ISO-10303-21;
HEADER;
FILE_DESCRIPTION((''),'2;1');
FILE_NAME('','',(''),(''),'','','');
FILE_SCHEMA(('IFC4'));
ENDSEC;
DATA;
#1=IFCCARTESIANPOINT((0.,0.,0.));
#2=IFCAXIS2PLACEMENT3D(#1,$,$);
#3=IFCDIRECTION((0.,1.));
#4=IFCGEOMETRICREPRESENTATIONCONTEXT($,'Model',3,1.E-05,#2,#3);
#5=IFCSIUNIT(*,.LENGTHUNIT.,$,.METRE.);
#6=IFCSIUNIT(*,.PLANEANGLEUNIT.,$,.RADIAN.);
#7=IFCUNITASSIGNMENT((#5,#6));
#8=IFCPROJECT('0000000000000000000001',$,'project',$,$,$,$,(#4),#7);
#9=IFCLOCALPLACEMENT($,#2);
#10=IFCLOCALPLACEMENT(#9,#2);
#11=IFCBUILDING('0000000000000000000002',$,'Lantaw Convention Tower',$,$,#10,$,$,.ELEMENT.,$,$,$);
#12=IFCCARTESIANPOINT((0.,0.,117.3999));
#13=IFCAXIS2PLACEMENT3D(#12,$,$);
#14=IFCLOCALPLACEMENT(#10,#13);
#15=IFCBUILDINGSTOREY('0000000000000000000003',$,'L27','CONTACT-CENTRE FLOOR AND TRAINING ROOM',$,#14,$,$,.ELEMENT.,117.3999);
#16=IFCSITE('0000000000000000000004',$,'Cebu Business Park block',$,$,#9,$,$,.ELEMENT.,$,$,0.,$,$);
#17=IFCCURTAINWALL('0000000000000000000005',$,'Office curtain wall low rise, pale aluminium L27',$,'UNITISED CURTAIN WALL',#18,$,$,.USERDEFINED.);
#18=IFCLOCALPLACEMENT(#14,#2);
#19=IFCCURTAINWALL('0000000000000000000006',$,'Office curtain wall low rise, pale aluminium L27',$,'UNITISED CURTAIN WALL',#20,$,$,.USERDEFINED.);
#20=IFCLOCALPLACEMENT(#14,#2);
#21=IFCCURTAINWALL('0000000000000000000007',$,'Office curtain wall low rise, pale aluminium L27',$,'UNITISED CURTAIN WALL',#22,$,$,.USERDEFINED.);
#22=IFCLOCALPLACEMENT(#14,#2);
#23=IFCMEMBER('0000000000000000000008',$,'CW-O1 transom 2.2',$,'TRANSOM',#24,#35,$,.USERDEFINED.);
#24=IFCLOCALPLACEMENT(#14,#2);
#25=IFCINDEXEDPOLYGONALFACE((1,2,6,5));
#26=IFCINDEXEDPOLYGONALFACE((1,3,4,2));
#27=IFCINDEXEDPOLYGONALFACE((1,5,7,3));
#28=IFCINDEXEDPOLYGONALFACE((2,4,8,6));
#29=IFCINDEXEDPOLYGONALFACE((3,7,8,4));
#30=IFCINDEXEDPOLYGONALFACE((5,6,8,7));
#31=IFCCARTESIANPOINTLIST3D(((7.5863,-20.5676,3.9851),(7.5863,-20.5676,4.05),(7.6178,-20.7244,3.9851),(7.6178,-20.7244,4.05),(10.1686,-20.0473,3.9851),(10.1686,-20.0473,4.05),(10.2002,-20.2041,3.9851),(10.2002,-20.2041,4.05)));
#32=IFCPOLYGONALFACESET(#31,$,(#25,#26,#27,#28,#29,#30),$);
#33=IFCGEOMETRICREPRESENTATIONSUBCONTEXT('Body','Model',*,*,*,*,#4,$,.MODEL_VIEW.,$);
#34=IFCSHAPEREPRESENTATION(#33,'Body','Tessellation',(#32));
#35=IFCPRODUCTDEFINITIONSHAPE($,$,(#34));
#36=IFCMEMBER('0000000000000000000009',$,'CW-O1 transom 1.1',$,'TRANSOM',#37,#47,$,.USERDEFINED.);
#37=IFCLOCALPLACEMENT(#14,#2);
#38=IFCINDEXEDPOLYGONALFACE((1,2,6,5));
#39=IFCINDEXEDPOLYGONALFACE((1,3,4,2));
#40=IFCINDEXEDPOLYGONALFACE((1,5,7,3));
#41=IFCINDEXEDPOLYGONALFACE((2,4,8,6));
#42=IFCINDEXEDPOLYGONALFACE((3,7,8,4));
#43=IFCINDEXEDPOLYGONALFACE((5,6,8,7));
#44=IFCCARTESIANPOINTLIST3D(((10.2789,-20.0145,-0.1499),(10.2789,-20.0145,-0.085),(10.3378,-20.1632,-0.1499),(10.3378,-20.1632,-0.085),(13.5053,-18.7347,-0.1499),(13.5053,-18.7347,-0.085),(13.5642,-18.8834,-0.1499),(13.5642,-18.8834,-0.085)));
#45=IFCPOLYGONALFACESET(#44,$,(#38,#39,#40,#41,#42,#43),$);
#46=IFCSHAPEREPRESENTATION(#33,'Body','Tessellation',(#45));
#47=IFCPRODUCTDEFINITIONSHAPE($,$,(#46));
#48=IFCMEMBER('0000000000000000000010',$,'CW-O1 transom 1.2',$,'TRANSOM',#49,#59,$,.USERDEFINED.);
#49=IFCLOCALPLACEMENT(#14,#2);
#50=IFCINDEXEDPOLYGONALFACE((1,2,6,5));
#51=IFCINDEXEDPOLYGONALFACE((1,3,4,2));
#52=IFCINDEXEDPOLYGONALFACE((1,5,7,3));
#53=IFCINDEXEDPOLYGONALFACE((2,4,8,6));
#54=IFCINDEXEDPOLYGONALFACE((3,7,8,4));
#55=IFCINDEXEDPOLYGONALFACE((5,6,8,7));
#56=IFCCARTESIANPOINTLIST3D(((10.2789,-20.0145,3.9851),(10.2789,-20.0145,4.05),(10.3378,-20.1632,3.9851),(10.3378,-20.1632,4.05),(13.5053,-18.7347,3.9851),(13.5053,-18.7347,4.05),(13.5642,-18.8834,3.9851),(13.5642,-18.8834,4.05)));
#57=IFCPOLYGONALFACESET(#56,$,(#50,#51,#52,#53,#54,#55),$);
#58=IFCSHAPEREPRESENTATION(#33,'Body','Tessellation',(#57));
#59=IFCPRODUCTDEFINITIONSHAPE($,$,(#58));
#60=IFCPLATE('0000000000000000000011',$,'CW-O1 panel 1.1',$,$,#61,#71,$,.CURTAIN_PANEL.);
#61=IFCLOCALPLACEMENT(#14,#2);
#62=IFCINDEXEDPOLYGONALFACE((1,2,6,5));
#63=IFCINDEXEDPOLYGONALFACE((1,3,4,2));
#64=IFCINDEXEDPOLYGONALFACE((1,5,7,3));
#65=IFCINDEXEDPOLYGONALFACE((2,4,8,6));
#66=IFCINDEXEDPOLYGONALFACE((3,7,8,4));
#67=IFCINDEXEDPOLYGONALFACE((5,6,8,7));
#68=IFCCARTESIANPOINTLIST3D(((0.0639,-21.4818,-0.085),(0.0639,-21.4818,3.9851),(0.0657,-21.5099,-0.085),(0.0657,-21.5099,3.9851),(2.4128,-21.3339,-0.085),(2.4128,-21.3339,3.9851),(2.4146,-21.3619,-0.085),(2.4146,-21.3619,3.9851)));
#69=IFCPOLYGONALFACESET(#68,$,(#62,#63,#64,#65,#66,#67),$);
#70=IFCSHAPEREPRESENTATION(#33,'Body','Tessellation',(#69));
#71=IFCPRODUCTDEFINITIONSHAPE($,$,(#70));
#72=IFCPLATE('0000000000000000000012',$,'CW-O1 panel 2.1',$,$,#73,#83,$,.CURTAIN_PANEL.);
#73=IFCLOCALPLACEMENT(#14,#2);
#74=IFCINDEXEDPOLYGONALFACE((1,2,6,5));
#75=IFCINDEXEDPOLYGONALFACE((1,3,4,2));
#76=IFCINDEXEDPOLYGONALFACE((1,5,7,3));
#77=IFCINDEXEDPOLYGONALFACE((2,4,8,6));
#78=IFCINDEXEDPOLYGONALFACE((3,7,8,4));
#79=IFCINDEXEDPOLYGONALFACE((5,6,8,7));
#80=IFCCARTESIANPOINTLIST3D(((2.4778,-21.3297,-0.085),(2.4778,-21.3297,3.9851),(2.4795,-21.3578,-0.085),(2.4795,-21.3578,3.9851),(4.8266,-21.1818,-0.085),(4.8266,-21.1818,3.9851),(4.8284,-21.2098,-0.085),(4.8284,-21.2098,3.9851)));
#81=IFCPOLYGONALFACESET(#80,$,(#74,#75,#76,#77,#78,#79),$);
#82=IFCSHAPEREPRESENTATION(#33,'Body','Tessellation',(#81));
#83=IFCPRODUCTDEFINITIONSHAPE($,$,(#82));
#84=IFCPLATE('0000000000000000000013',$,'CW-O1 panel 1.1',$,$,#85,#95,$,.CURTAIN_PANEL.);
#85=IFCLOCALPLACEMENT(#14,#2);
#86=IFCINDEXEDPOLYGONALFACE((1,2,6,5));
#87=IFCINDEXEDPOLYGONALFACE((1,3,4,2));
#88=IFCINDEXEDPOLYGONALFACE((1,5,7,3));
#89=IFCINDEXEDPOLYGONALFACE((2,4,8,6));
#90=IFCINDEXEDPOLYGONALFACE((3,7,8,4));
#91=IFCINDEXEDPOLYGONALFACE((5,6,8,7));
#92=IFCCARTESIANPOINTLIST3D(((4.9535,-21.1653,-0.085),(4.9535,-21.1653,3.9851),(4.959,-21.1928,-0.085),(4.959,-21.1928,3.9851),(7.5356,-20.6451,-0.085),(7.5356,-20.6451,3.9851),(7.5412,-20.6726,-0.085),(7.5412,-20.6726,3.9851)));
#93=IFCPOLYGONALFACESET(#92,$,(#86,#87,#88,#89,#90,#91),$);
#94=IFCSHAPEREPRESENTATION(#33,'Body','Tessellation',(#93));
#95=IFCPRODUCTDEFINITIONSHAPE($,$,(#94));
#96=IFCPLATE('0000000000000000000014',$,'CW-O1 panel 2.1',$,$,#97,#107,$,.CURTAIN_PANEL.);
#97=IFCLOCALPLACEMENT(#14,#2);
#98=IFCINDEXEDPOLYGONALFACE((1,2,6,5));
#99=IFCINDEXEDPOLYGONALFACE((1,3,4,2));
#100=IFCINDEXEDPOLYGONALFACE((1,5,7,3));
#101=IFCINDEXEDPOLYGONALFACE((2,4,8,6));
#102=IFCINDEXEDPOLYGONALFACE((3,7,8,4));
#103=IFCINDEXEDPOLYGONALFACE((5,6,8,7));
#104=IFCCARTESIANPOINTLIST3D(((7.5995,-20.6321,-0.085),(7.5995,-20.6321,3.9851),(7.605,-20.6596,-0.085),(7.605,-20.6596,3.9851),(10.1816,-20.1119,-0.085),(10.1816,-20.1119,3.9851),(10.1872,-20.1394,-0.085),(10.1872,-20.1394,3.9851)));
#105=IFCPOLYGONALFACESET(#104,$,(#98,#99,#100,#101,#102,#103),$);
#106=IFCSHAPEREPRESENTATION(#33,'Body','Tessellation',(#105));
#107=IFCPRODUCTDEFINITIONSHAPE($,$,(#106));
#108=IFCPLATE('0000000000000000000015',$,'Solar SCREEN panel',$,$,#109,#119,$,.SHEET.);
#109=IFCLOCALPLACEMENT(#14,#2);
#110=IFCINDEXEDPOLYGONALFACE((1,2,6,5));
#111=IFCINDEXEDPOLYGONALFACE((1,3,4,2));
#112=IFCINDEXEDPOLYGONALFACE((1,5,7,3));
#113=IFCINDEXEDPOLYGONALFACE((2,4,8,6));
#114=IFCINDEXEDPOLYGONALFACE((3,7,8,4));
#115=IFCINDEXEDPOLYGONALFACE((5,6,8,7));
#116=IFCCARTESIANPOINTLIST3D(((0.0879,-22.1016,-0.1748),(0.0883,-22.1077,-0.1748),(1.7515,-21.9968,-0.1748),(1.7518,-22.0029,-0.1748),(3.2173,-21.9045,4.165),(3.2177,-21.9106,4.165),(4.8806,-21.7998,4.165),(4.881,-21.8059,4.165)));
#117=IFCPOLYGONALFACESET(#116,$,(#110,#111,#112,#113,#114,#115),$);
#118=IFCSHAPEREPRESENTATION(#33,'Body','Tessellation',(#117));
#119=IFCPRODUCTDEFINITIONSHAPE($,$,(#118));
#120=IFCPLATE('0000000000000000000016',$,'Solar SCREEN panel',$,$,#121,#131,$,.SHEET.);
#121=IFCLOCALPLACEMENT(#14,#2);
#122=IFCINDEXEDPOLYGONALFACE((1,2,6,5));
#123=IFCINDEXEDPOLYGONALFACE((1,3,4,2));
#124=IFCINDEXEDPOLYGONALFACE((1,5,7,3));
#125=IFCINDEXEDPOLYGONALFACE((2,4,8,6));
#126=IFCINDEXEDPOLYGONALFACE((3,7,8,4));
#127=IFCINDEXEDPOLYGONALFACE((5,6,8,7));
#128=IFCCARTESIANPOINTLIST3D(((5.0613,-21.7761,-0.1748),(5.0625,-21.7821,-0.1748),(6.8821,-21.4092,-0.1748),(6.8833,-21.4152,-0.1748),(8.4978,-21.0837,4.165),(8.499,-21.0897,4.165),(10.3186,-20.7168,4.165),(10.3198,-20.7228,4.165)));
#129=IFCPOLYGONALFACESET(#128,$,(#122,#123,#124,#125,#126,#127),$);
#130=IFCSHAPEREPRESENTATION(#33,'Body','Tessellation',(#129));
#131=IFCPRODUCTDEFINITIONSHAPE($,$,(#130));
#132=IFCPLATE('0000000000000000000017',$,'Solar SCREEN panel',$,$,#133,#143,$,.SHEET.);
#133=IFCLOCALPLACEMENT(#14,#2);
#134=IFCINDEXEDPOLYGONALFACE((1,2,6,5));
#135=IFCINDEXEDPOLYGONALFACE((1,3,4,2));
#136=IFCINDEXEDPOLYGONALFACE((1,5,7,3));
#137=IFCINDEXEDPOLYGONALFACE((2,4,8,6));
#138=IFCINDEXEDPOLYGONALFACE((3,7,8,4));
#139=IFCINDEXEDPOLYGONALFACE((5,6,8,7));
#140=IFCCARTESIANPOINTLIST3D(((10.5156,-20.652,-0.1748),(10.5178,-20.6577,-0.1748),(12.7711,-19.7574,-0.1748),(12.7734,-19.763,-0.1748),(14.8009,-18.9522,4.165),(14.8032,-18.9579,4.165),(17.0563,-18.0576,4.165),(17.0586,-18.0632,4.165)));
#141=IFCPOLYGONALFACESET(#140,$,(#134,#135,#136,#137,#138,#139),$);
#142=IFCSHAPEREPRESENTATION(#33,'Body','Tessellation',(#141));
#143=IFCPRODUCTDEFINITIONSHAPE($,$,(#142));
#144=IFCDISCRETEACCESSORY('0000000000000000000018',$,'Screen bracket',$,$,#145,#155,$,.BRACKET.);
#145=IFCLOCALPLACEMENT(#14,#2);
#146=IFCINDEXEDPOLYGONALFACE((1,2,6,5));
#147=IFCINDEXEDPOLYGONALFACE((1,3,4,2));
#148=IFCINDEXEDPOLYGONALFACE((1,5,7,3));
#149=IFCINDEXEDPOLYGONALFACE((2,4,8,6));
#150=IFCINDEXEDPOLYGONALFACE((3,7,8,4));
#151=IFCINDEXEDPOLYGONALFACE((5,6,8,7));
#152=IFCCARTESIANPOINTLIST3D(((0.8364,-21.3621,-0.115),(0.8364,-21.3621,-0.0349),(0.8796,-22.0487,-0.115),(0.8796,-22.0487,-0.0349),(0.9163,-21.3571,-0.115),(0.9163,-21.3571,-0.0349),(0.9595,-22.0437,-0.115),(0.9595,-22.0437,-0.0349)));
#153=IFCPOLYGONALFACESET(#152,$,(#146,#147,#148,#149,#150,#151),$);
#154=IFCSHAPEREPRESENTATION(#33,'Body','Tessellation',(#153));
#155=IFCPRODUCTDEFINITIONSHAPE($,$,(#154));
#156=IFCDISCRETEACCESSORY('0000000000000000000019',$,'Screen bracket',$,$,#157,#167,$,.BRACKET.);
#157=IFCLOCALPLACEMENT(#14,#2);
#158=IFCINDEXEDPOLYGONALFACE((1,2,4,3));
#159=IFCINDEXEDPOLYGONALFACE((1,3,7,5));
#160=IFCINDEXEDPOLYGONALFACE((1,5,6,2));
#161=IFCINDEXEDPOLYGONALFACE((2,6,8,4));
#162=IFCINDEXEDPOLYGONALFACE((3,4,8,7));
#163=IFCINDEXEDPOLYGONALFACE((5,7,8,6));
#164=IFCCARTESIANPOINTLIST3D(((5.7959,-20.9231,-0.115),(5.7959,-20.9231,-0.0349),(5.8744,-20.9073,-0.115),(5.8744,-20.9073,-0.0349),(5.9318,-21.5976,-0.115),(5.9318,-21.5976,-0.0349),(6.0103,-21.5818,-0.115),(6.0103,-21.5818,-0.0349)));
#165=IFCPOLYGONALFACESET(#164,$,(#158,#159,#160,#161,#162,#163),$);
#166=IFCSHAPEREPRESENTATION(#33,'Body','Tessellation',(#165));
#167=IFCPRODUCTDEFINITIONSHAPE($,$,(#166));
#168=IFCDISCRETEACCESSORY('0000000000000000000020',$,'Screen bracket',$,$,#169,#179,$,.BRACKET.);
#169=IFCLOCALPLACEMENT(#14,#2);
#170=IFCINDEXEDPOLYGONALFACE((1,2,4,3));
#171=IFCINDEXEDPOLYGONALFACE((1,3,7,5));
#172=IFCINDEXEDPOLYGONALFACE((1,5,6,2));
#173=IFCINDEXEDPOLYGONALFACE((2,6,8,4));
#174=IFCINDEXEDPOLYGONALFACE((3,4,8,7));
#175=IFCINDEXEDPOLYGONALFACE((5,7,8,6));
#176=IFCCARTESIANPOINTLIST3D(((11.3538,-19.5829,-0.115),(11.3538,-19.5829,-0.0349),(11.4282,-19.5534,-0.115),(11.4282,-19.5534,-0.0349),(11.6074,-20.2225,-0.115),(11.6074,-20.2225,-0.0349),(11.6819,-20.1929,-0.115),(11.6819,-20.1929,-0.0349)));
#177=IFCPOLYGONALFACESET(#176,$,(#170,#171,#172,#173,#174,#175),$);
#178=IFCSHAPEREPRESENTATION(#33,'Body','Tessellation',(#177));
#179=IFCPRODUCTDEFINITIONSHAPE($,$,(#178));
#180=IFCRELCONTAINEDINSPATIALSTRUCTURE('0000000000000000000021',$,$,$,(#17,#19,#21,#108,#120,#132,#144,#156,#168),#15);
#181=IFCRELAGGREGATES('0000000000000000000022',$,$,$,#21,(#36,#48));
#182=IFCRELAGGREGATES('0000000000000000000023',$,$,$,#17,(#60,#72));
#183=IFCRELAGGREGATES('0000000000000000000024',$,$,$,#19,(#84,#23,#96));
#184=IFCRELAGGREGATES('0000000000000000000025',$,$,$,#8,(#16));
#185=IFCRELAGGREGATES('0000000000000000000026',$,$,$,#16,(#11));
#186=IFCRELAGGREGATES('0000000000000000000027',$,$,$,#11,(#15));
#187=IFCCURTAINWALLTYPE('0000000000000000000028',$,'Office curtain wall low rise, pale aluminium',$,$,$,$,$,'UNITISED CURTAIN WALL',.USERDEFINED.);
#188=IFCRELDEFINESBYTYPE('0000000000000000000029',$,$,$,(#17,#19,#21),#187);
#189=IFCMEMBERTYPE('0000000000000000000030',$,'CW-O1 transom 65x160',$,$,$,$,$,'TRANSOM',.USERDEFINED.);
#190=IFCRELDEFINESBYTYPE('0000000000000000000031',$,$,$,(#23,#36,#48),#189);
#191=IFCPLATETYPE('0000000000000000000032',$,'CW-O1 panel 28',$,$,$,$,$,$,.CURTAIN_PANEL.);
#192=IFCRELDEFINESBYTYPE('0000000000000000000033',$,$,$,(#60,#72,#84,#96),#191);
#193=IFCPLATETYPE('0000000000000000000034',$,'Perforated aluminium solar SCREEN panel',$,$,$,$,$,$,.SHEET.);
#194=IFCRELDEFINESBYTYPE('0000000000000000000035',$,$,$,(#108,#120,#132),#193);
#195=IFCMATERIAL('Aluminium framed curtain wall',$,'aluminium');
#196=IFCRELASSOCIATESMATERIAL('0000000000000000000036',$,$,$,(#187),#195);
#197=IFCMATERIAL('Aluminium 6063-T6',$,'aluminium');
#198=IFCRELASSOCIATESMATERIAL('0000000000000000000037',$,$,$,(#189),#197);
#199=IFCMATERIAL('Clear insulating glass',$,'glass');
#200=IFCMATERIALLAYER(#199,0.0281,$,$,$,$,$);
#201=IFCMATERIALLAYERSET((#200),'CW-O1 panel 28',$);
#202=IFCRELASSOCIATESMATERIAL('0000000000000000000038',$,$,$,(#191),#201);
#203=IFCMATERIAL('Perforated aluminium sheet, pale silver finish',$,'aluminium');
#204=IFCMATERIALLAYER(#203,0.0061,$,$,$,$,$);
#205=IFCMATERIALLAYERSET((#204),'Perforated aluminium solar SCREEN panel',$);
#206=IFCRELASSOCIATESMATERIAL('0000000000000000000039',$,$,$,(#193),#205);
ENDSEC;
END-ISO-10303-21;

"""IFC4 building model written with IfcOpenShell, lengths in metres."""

from ifc_helpers import new_model, si_unit, direction, frame, origin, origin_2d, place, context, subcontext, project, spatial, polyline, rectangle, outline, extrude, material, layer, layer_set, material_profile, profile_set, type_object, element, aggregate, save


model = new_model("IFC4")

# Units and contexts
model_context = context("Model", 3, precision=1e-05, world=origin(), true_north=direction((0.0, 1.0)))
body_context = subcontext(model_context, "Body", "Model", "MODEL_VIEW")
ifc_project = project(units=[si_unit("LENGTHUNIT", "METRE"), si_unit("PLANEANGLEUNIT", "RADIAN")], contexts=[model_context])

# Site, building, storey
site_placement = place(None, origin())
site = spatial("IfcSite", under=ifc_project, at=site_placement, Name="Cebu Business Park block", CompositionType="ELEMENT", RefElevation=0.0)
building_placement = place(site_placement, origin())
building = spatial("IfcBuilding", under=site, at=building_placement, Name="Lantaw Convention Tower", CompositionType="ELEMENT")
storey_placement = place(building_placement, frame((0.0, 0.0, 117.3999)))
storey = spatial("IfcBuildingStorey", under=building, at=storey_placement, Name="L27", Description="CONTACT-CENTRE FLOOR AND TRAINING ROOM", CompositionType="ELEMENT", Elevation=117.3999)

# Curtain walls
ifc_material_1 = material(Name="Aluminium framed curtain wall", Category="aluminium")
curtain_wall_type = type_object("IfcCurtainWallType", Name="Office curtain wall low rise, pale aluminium", ElementType="UNITISED CURTAIN WALL", PredefinedType="USERDEFINED", material=ifc_material_1)
curtain_wall_1_placement = place(storey_placement, origin())
curtain_wall_1 = element("IfcCurtainWall", 1, at=curtain_wall_1_placement, inside=storey, type_object=curtain_wall_type, Name="Office curtain wall low rise, pale aluminium L27", ObjectType="UNITISED CURTAIN WALL", PredefinedType="USERDEFINED")
ifc_material_2 = material(Name="Aluminium 6063-T6", Category="aluminium")
curtain_wall_2_placement = place(storey_placement, origin())
curtain_wall_2 = element("IfcCurtainWall", 2, at=curtain_wall_2_placement, inside=storey, type_object=curtain_wall_type, Name="Office curtain wall low rise, pale aluminium L27", ObjectType="UNITISED CURTAIN WALL", PredefinedType="USERDEFINED")

# Curtain wall
curtain_wall_3_placement = place(storey_placement, origin())
curtain_wall_3 = element("IfcCurtainWall", 3, at=curtain_wall_3_placement, inside=storey, type_object=curtain_wall_type, Name="Office curtain wall low rise, pale aluminium L27", ObjectType="UNITISED CURTAIN WALL", PredefinedType="USERDEFINED")

# Members
ifc_material_profile_1 = material_profile(ifc_material_2, rectangle(XDim=0.1599, YDim=0.0649, at=origin_2d()), Name="CW-O1 transom 65x160")
ifc_profile_set_1 = profile_set([ifc_material_profile_1], Name="Aluminium 6063-T6")
member_type_1 = type_object("IfcMemberType", Name="CW-O1 transom 65x160", ElementType="TRANSOM", PredefinedType="USERDEFINED", material=ifc_profile_set_1)
member_1_placement = place(storey_placement, frame((7.6021, -20.646, 4.0176), z_axis=(0.980302, 0.197506, 0.0), x_axis=(-0.197506, 0.980302, 0.0)))
member_1 = element("IfcMember", 4, at=member_1_placement, type_object=member_type_1, Name="CW-O1 transom 2.2", ObjectType="TRANSOM", PredefinedType="USERDEFINED", context=body_context, shape_type="SweptSolid", body=[
    extrude(rectangle(XDim=0.1599, YDim=0.0649, at=origin_2d()), origin(), (0.0, 0.0, 1.0), 2.6343),
])
member_2_placement = place(storey_placement, frame((10.3083, -20.0889, -0.1174), z_axis=(0.92954, 0.368721, 0.0), x_axis=(-0.368721, 0.92954, 0.0)))
member_2 = element("IfcMember", 5, at=member_2_placement, type_object=member_type_1, Name="CW-O1 transom 1.1", ObjectType="TRANSOM", PredefinedType="USERDEFINED", context=body_context, shape_type="SweptSolid", body=[
    extrude(rectangle(XDim=0.1599, YDim=0.0649, at=origin_2d()), origin(), (0.0, 0.0, 1.0), 3.4709),
])
member_3_placement = place(storey_placement, frame((10.3083, -20.0889, 4.0176), z_axis=(0.92954, 0.368721, 0.0), x_axis=(-0.368721, 0.92954, 0.0)))
member_3 = element("IfcMember", 6, at=member_3_placement, type_object=member_type_1, Name="CW-O1 transom 1.2", ObjectType="TRANSOM", PredefinedType="USERDEFINED", context=body_context, shape_type="SweptSolid", body=[
    extrude(rectangle(XDim=0.1599, YDim=0.0649, at=origin_2d()), origin(), (0.0, 0.0, 1.0), 3.4709),
])
aggregate(curtain_wall_3, [member_2, member_3])

# Plates
ifc_material_3 = material(Name="Clear insulating glass", Category="glass")
ifc_layer_1 = layer(ifc_material_3, 0.0281)
ifc_layer_set_1 = layer_set([ifc_layer_1], Name="CW-O1 panel 28")
plate_type_1 = type_object("IfcPlateType", Name="CW-O1 panel 28", PredefinedType="CURTAIN_PANEL", material=ifc_layer_set_1)
plate_1_placement = place(storey_placement, frame((1.2393, -21.4219, -0.085), z_axis=(0.0, 0.0, 1.0), x_axis=(0.998022, 0.062865, 0.0)))
plate_1 = element("IfcPlate", 7, at=plate_1_placement, type_object=plate_type_1, Name="CW-O1 panel 1.1", PredefinedType="CURTAIN_PANEL", context=body_context, shape_type="SweptSolid", body=[
    extrude(rectangle(XDim=2.3535, YDim=0.0281, at=origin_2d()), origin(), (0.0, 0.0, 1.0), 4.0701),
])
plate_2_placement = place(storey_placement, frame((3.6531, -21.2698, -0.085), z_axis=(0.0, 0.0, 1.0), x_axis=(0.998022, 0.062865, 0.0)))
plate_2 = element("IfcPlate", 8, at=plate_2_placement, type_object=plate_type_1, Name="CW-O1 panel 2.1", PredefinedType="CURTAIN_PANEL", context=body_context, shape_type="SweptSolid", body=[
    extrude(rectangle(XDim=2.3535, YDim=0.0281, at=origin_2d()), origin(), (0.0, 0.0, 1.0), 4.0701),
])
aggregate(curtain_wall_1, [plate_1, plate_2])
plate_3_placement = place(storey_placement, frame((6.2473, -20.9189, -0.085), z_axis=(0.0, 0.0, 1.0), x_axis=(0.980302, 0.197507, 0.0)))
plate_3 = element("IfcPlate", 9, at=plate_3_placement, type_object=plate_type_1, Name="CW-O1 panel 1.1", PredefinedType="CURTAIN_PANEL", context=body_context, shape_type="SweptSolid", body=[
    extrude(rectangle(XDim=2.634, YDim=0.0281, at=origin_2d()), origin(), (0.0, 0.0, 1.0), 4.0701),
])
plate_4_placement = place(storey_placement, frame((8.8933, -20.3857, -0.085), z_axis=(0.0, 0.0, 1.0), x_axis=(0.980302, 0.197507, 0.0)))
plate_4 = element("IfcPlate", 10, at=plate_4_placement, type_object=plate_type_1, Name="CW-O1 panel 2.1", PredefinedType="CURTAIN_PANEL", context=body_context, shape_type="SweptSolid", body=[
    extrude(rectangle(XDim=2.634, YDim=0.0281, at=origin_2d()), origin(), (0.0, 0.0, 1.0), 4.0701),
])
aggregate(curtain_wall_2, [plate_3, member_1, plate_4])

# Plates
ifc_material_4 = material(Name="Perforated aluminium sheet, pale silver finish", Category="aluminium")
ifc_layer_2 = layer(ifc_material_4, 0.0061)
ifc_layer_set_2 = layer_set([ifc_layer_2], Name="Perforated aluminium solar SCREEN panel")
plate_type_2 = type_object("IfcPlateType", Name="Perforated aluminium solar SCREEN panel", PredefinedType="SHEET", material=ifc_layer_set_2)
plate_5_placement = place(storey_placement, frame((0.0879, -22.1016, -0.1748), z_axis=(-0.062839, 0.998024, 0.000002), x_axis=(0.998024, 0.062839, 0.0)))
element("IfcPlate", 11, at=plate_5_placement, inside=storey, type_object=plate_type_2, Name="Solar SCREEN panel", PredefinedType="SHEET", context=body_context, shape_type="SweptSolid", body=[
    extrude(outline(polyline([(0.0, 0.0), (1.6669, 0.0), (4.8022, -4.3398), (3.1356, -4.3398), (0.0, 0.0)])), origin(), (0.0, 0.0, -1.0), 0.0061),
])
plate_6_placement = place(storey_placement, frame((5.0613, -21.7761, -0.1748), z_axis=(-0.197557, 0.980291, 0.000039), x_axis=(0.980291, 0.197557, 0.0)))
element("IfcPlate", 12, at=plate_6_placement, inside=storey, type_object=plate_type_2, Name="Solar SCREEN panel", PredefinedType="SHEET", context=body_context, shape_type="SweptSolid", body=[
    extrude(outline(polyline([(0.0, 0.0), (1.8574, 0.0), (5.363, -4.3398), (3.5056, -4.3398), (0.0, 0.0)])), origin(), (0.0, 0.0, -1.0), 0.0061),
])
plate_7_placement = place(storey_placement, frame((10.5178, -20.6577, -0.1748), z_axis=(0.368709, -0.929545, 0.000011), x_axis=(0.929545, 0.368709, 0.0)))
element("IfcPlate", 13, at=plate_7_placement, inside=storey, type_object=plate_type_2, Name="Solar SCREEN panel", PredefinedType="SHEET", context=body_context, shape_type="SweptSolid", body=[
    extrude(outline(polyline([(0.0, 0.0), (2.4265, 0.0), (7.0365, 4.3398), (4.6102, 4.3398), (0.0, 0.0)])), origin(), (0.0, 0.0, -1.0), 0.0061),
])

# Discrete accessories
for number, where, z_axis, x_axis, name in (
    (14, (0.8979, -21.7029, -0.115), (0.0, 0.0, 1.0), (0.998022, 0.062865, 0.0), "Screen bracket"),
    (15, (5.9031, -21.2524, -0.115), (0.0, 0.0, 1.0), (0.980302, 0.197507, 0.0), "Screen bracket"),
    (16, (11.5178, -19.8879, -0.115), (0.0, 0.0, 1.0), (0.929548, 0.368702, 0.0), "Screen bracket"),
):
    element("IfcDiscreteAccessory", number, at=place(storey_placement, frame(where, z_axis=z_axis, x_axis=x_axis)), inside=storey, Name=name, PredefinedType="BRACKET", context=body_context, shape_type="SweptSolid", body=[
        extrude(rectangle(XDim=0.0801, YDim=0.688, at=origin_2d()), origin(), (0.0, 0.0, 1.0), 0.0801),
    ])

save(model, "model.ifc")
